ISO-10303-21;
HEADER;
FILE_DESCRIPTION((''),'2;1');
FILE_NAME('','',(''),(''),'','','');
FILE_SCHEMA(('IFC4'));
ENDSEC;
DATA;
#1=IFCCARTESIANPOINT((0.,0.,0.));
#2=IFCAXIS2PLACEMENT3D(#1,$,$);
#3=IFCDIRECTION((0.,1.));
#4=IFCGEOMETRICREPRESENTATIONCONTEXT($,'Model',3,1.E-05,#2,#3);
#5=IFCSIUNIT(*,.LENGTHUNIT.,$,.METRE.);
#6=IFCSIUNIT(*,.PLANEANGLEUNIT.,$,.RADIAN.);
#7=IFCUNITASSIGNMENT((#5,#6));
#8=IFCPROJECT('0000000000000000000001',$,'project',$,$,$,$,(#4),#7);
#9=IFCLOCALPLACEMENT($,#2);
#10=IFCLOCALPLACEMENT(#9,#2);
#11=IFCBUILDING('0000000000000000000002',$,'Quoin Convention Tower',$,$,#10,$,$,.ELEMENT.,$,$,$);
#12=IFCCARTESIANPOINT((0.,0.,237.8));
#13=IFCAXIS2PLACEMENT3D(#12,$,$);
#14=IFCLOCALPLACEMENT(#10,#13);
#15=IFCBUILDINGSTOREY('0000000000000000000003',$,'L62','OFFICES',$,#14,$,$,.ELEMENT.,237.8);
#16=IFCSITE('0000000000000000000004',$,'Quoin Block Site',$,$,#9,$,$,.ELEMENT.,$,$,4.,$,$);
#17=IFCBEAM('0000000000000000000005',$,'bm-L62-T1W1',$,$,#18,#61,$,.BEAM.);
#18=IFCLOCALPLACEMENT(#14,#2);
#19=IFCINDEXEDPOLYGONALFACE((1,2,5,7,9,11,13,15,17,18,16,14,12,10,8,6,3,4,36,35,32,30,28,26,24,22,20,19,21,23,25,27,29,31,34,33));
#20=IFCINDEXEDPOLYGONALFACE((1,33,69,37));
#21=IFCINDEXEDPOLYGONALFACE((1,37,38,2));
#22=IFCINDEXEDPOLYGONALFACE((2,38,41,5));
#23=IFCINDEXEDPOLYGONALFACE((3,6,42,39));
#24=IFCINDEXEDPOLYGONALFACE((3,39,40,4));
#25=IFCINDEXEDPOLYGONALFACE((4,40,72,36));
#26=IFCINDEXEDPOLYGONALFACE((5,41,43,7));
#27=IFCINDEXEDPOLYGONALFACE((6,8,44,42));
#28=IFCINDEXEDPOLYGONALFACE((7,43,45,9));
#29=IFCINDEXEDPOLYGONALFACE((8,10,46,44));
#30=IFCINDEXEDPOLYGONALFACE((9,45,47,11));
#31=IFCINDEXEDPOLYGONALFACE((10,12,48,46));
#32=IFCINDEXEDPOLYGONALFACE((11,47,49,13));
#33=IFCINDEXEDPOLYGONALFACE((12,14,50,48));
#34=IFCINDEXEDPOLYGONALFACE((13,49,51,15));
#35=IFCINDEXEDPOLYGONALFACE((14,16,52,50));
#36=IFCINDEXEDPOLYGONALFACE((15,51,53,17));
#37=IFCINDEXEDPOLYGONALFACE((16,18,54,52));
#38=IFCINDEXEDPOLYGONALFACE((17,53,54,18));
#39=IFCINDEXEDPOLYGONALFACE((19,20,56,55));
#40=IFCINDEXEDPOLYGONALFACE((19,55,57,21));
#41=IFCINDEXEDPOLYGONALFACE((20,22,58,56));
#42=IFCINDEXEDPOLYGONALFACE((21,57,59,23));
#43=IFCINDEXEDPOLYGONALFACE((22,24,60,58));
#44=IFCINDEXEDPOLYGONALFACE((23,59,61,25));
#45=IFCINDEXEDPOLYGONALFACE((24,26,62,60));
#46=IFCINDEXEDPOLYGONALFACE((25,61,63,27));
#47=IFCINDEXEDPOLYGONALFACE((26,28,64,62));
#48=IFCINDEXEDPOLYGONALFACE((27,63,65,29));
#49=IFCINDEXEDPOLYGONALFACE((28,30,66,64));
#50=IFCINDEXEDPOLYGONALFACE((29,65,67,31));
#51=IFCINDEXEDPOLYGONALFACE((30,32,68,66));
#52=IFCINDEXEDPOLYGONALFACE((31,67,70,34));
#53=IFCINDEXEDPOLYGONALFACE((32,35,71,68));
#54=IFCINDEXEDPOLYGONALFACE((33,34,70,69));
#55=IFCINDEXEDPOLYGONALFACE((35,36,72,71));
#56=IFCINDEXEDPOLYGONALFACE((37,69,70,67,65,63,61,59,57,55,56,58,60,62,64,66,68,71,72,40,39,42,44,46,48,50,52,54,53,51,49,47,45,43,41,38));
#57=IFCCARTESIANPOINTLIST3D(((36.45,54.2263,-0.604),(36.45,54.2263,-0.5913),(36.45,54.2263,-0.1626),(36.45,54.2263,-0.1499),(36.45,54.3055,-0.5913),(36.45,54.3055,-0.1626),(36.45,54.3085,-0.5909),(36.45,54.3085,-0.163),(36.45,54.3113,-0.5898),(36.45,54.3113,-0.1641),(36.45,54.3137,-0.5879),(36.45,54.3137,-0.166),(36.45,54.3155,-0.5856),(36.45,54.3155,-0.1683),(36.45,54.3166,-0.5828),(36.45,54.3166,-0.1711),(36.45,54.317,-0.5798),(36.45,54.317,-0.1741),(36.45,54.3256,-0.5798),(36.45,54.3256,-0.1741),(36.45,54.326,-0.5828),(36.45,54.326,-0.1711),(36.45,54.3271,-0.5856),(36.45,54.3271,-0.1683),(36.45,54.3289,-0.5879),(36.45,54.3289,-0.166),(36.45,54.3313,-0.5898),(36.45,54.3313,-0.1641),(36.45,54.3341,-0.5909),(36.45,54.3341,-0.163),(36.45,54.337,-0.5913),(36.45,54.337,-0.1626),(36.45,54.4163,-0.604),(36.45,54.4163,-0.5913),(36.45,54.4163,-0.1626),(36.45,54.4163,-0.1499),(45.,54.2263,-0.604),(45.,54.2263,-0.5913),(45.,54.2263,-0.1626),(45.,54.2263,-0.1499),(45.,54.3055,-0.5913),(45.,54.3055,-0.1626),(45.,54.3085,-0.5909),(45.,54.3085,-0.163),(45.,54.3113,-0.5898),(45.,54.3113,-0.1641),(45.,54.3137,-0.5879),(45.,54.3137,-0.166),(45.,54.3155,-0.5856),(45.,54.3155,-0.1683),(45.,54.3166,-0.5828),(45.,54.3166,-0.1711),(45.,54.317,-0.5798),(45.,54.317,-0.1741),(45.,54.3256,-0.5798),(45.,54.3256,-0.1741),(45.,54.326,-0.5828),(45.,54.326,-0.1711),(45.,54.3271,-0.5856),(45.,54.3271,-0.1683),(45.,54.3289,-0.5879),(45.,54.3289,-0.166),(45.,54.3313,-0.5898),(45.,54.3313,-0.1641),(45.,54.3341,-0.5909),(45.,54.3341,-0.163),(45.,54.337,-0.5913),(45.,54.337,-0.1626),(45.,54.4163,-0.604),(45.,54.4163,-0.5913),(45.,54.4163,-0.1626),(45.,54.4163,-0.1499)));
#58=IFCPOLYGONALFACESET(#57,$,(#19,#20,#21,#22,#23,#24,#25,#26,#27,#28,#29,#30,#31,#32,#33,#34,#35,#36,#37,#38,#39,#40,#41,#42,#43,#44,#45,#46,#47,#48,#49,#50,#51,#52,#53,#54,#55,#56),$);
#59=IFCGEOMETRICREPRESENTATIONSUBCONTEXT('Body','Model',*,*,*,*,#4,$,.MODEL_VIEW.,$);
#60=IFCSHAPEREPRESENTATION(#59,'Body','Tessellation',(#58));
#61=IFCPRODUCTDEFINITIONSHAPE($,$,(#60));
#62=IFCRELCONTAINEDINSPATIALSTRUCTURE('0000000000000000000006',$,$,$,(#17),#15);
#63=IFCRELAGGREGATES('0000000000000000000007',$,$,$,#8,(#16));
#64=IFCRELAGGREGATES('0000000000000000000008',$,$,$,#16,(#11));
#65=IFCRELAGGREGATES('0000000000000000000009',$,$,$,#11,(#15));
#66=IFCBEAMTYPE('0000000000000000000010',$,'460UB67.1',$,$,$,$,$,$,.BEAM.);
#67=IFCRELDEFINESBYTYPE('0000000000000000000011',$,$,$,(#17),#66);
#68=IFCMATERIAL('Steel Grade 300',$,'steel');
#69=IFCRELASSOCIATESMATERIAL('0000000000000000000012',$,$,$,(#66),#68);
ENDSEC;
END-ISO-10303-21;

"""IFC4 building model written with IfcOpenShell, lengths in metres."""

from ifc_helpers import new_model, si_unit, direction, frame, origin, origin_2d, place, context, subcontext, project, spatial, i_section, extrude, material, material_profile, profile_set, type_object, element, save


model = new_model("IFC4")

# Units and contexts
model_context = context("Model", 3, precision=1e-05, world=origin(), true_north=direction((0.0, 1.0)))
body_context = subcontext(model_context, "Body", "Model", "MODEL_VIEW")
ifc_project = project(units=[si_unit("LENGTHUNIT", "METRE"), si_unit("PLANEANGLEUNIT", "RADIAN")], contexts=[model_context])

# Site, building, storey
site_placement = place(None, origin())
site = spatial("IfcSite", under=ifc_project, at=site_placement, Name="Quoin Block Site", CompositionType="ELEMENT", RefElevation=4.0)
building_placement = place(site_placement, origin())
building = spatial("IfcBuilding", under=site, at=building_placement, Name="Quoin Convention Tower", CompositionType="ELEMENT")
storey_placement = place(building_placement, frame((0.0, 0.0, 237.8)))
storey = spatial("IfcBuildingStorey", under=building, at=storey_placement, Name="L62", Description="OFFICES", CompositionType="ELEMENT", Elevation=237.8)

# Beam
ifc_material_1 = material(Name="Steel Grade 300", Category="steel")
ifc_material_profile = material_profile(ifc_material_1, i_section(OverallWidth=0.1899, OverallDepth=0.4541, WebThickness=0.0085, FlangeThickness=0.0127, FilletRadius=0.0115, at=origin_2d()), Name="460UB67.1")
ifc_profile_set = profile_set([ifc_material_profile], Name="Steel Grade 300")
beam_type = type_object("IfcBeamType", Name="460UB67.1", PredefinedType="BEAM", material=ifc_profile_set)
beam_placement = place(storey_placement, frame((36.45, 54.3213, -0.377), z_axis=(1.0, 0.0, 0.0), x_axis=(0.0, 1.0, 0.0)))
element("IfcBeam", 1, at=beam_placement, inside=storey, type_object=beam_type, Name="bm-L62-T1W1", PredefinedType="BEAM", context=body_context, shape_type="SweptSolid", body=[
    extrude(i_section(OverallWidth=0.1899, OverallDepth=0.4541, WebThickness=0.0085, FlangeThickness=0.0127, FilletRadius=0.0115, at=origin_2d()), origin(), (0.0, 0.0, 1.0), 8.55),
])

save(model, "model.ifc")
